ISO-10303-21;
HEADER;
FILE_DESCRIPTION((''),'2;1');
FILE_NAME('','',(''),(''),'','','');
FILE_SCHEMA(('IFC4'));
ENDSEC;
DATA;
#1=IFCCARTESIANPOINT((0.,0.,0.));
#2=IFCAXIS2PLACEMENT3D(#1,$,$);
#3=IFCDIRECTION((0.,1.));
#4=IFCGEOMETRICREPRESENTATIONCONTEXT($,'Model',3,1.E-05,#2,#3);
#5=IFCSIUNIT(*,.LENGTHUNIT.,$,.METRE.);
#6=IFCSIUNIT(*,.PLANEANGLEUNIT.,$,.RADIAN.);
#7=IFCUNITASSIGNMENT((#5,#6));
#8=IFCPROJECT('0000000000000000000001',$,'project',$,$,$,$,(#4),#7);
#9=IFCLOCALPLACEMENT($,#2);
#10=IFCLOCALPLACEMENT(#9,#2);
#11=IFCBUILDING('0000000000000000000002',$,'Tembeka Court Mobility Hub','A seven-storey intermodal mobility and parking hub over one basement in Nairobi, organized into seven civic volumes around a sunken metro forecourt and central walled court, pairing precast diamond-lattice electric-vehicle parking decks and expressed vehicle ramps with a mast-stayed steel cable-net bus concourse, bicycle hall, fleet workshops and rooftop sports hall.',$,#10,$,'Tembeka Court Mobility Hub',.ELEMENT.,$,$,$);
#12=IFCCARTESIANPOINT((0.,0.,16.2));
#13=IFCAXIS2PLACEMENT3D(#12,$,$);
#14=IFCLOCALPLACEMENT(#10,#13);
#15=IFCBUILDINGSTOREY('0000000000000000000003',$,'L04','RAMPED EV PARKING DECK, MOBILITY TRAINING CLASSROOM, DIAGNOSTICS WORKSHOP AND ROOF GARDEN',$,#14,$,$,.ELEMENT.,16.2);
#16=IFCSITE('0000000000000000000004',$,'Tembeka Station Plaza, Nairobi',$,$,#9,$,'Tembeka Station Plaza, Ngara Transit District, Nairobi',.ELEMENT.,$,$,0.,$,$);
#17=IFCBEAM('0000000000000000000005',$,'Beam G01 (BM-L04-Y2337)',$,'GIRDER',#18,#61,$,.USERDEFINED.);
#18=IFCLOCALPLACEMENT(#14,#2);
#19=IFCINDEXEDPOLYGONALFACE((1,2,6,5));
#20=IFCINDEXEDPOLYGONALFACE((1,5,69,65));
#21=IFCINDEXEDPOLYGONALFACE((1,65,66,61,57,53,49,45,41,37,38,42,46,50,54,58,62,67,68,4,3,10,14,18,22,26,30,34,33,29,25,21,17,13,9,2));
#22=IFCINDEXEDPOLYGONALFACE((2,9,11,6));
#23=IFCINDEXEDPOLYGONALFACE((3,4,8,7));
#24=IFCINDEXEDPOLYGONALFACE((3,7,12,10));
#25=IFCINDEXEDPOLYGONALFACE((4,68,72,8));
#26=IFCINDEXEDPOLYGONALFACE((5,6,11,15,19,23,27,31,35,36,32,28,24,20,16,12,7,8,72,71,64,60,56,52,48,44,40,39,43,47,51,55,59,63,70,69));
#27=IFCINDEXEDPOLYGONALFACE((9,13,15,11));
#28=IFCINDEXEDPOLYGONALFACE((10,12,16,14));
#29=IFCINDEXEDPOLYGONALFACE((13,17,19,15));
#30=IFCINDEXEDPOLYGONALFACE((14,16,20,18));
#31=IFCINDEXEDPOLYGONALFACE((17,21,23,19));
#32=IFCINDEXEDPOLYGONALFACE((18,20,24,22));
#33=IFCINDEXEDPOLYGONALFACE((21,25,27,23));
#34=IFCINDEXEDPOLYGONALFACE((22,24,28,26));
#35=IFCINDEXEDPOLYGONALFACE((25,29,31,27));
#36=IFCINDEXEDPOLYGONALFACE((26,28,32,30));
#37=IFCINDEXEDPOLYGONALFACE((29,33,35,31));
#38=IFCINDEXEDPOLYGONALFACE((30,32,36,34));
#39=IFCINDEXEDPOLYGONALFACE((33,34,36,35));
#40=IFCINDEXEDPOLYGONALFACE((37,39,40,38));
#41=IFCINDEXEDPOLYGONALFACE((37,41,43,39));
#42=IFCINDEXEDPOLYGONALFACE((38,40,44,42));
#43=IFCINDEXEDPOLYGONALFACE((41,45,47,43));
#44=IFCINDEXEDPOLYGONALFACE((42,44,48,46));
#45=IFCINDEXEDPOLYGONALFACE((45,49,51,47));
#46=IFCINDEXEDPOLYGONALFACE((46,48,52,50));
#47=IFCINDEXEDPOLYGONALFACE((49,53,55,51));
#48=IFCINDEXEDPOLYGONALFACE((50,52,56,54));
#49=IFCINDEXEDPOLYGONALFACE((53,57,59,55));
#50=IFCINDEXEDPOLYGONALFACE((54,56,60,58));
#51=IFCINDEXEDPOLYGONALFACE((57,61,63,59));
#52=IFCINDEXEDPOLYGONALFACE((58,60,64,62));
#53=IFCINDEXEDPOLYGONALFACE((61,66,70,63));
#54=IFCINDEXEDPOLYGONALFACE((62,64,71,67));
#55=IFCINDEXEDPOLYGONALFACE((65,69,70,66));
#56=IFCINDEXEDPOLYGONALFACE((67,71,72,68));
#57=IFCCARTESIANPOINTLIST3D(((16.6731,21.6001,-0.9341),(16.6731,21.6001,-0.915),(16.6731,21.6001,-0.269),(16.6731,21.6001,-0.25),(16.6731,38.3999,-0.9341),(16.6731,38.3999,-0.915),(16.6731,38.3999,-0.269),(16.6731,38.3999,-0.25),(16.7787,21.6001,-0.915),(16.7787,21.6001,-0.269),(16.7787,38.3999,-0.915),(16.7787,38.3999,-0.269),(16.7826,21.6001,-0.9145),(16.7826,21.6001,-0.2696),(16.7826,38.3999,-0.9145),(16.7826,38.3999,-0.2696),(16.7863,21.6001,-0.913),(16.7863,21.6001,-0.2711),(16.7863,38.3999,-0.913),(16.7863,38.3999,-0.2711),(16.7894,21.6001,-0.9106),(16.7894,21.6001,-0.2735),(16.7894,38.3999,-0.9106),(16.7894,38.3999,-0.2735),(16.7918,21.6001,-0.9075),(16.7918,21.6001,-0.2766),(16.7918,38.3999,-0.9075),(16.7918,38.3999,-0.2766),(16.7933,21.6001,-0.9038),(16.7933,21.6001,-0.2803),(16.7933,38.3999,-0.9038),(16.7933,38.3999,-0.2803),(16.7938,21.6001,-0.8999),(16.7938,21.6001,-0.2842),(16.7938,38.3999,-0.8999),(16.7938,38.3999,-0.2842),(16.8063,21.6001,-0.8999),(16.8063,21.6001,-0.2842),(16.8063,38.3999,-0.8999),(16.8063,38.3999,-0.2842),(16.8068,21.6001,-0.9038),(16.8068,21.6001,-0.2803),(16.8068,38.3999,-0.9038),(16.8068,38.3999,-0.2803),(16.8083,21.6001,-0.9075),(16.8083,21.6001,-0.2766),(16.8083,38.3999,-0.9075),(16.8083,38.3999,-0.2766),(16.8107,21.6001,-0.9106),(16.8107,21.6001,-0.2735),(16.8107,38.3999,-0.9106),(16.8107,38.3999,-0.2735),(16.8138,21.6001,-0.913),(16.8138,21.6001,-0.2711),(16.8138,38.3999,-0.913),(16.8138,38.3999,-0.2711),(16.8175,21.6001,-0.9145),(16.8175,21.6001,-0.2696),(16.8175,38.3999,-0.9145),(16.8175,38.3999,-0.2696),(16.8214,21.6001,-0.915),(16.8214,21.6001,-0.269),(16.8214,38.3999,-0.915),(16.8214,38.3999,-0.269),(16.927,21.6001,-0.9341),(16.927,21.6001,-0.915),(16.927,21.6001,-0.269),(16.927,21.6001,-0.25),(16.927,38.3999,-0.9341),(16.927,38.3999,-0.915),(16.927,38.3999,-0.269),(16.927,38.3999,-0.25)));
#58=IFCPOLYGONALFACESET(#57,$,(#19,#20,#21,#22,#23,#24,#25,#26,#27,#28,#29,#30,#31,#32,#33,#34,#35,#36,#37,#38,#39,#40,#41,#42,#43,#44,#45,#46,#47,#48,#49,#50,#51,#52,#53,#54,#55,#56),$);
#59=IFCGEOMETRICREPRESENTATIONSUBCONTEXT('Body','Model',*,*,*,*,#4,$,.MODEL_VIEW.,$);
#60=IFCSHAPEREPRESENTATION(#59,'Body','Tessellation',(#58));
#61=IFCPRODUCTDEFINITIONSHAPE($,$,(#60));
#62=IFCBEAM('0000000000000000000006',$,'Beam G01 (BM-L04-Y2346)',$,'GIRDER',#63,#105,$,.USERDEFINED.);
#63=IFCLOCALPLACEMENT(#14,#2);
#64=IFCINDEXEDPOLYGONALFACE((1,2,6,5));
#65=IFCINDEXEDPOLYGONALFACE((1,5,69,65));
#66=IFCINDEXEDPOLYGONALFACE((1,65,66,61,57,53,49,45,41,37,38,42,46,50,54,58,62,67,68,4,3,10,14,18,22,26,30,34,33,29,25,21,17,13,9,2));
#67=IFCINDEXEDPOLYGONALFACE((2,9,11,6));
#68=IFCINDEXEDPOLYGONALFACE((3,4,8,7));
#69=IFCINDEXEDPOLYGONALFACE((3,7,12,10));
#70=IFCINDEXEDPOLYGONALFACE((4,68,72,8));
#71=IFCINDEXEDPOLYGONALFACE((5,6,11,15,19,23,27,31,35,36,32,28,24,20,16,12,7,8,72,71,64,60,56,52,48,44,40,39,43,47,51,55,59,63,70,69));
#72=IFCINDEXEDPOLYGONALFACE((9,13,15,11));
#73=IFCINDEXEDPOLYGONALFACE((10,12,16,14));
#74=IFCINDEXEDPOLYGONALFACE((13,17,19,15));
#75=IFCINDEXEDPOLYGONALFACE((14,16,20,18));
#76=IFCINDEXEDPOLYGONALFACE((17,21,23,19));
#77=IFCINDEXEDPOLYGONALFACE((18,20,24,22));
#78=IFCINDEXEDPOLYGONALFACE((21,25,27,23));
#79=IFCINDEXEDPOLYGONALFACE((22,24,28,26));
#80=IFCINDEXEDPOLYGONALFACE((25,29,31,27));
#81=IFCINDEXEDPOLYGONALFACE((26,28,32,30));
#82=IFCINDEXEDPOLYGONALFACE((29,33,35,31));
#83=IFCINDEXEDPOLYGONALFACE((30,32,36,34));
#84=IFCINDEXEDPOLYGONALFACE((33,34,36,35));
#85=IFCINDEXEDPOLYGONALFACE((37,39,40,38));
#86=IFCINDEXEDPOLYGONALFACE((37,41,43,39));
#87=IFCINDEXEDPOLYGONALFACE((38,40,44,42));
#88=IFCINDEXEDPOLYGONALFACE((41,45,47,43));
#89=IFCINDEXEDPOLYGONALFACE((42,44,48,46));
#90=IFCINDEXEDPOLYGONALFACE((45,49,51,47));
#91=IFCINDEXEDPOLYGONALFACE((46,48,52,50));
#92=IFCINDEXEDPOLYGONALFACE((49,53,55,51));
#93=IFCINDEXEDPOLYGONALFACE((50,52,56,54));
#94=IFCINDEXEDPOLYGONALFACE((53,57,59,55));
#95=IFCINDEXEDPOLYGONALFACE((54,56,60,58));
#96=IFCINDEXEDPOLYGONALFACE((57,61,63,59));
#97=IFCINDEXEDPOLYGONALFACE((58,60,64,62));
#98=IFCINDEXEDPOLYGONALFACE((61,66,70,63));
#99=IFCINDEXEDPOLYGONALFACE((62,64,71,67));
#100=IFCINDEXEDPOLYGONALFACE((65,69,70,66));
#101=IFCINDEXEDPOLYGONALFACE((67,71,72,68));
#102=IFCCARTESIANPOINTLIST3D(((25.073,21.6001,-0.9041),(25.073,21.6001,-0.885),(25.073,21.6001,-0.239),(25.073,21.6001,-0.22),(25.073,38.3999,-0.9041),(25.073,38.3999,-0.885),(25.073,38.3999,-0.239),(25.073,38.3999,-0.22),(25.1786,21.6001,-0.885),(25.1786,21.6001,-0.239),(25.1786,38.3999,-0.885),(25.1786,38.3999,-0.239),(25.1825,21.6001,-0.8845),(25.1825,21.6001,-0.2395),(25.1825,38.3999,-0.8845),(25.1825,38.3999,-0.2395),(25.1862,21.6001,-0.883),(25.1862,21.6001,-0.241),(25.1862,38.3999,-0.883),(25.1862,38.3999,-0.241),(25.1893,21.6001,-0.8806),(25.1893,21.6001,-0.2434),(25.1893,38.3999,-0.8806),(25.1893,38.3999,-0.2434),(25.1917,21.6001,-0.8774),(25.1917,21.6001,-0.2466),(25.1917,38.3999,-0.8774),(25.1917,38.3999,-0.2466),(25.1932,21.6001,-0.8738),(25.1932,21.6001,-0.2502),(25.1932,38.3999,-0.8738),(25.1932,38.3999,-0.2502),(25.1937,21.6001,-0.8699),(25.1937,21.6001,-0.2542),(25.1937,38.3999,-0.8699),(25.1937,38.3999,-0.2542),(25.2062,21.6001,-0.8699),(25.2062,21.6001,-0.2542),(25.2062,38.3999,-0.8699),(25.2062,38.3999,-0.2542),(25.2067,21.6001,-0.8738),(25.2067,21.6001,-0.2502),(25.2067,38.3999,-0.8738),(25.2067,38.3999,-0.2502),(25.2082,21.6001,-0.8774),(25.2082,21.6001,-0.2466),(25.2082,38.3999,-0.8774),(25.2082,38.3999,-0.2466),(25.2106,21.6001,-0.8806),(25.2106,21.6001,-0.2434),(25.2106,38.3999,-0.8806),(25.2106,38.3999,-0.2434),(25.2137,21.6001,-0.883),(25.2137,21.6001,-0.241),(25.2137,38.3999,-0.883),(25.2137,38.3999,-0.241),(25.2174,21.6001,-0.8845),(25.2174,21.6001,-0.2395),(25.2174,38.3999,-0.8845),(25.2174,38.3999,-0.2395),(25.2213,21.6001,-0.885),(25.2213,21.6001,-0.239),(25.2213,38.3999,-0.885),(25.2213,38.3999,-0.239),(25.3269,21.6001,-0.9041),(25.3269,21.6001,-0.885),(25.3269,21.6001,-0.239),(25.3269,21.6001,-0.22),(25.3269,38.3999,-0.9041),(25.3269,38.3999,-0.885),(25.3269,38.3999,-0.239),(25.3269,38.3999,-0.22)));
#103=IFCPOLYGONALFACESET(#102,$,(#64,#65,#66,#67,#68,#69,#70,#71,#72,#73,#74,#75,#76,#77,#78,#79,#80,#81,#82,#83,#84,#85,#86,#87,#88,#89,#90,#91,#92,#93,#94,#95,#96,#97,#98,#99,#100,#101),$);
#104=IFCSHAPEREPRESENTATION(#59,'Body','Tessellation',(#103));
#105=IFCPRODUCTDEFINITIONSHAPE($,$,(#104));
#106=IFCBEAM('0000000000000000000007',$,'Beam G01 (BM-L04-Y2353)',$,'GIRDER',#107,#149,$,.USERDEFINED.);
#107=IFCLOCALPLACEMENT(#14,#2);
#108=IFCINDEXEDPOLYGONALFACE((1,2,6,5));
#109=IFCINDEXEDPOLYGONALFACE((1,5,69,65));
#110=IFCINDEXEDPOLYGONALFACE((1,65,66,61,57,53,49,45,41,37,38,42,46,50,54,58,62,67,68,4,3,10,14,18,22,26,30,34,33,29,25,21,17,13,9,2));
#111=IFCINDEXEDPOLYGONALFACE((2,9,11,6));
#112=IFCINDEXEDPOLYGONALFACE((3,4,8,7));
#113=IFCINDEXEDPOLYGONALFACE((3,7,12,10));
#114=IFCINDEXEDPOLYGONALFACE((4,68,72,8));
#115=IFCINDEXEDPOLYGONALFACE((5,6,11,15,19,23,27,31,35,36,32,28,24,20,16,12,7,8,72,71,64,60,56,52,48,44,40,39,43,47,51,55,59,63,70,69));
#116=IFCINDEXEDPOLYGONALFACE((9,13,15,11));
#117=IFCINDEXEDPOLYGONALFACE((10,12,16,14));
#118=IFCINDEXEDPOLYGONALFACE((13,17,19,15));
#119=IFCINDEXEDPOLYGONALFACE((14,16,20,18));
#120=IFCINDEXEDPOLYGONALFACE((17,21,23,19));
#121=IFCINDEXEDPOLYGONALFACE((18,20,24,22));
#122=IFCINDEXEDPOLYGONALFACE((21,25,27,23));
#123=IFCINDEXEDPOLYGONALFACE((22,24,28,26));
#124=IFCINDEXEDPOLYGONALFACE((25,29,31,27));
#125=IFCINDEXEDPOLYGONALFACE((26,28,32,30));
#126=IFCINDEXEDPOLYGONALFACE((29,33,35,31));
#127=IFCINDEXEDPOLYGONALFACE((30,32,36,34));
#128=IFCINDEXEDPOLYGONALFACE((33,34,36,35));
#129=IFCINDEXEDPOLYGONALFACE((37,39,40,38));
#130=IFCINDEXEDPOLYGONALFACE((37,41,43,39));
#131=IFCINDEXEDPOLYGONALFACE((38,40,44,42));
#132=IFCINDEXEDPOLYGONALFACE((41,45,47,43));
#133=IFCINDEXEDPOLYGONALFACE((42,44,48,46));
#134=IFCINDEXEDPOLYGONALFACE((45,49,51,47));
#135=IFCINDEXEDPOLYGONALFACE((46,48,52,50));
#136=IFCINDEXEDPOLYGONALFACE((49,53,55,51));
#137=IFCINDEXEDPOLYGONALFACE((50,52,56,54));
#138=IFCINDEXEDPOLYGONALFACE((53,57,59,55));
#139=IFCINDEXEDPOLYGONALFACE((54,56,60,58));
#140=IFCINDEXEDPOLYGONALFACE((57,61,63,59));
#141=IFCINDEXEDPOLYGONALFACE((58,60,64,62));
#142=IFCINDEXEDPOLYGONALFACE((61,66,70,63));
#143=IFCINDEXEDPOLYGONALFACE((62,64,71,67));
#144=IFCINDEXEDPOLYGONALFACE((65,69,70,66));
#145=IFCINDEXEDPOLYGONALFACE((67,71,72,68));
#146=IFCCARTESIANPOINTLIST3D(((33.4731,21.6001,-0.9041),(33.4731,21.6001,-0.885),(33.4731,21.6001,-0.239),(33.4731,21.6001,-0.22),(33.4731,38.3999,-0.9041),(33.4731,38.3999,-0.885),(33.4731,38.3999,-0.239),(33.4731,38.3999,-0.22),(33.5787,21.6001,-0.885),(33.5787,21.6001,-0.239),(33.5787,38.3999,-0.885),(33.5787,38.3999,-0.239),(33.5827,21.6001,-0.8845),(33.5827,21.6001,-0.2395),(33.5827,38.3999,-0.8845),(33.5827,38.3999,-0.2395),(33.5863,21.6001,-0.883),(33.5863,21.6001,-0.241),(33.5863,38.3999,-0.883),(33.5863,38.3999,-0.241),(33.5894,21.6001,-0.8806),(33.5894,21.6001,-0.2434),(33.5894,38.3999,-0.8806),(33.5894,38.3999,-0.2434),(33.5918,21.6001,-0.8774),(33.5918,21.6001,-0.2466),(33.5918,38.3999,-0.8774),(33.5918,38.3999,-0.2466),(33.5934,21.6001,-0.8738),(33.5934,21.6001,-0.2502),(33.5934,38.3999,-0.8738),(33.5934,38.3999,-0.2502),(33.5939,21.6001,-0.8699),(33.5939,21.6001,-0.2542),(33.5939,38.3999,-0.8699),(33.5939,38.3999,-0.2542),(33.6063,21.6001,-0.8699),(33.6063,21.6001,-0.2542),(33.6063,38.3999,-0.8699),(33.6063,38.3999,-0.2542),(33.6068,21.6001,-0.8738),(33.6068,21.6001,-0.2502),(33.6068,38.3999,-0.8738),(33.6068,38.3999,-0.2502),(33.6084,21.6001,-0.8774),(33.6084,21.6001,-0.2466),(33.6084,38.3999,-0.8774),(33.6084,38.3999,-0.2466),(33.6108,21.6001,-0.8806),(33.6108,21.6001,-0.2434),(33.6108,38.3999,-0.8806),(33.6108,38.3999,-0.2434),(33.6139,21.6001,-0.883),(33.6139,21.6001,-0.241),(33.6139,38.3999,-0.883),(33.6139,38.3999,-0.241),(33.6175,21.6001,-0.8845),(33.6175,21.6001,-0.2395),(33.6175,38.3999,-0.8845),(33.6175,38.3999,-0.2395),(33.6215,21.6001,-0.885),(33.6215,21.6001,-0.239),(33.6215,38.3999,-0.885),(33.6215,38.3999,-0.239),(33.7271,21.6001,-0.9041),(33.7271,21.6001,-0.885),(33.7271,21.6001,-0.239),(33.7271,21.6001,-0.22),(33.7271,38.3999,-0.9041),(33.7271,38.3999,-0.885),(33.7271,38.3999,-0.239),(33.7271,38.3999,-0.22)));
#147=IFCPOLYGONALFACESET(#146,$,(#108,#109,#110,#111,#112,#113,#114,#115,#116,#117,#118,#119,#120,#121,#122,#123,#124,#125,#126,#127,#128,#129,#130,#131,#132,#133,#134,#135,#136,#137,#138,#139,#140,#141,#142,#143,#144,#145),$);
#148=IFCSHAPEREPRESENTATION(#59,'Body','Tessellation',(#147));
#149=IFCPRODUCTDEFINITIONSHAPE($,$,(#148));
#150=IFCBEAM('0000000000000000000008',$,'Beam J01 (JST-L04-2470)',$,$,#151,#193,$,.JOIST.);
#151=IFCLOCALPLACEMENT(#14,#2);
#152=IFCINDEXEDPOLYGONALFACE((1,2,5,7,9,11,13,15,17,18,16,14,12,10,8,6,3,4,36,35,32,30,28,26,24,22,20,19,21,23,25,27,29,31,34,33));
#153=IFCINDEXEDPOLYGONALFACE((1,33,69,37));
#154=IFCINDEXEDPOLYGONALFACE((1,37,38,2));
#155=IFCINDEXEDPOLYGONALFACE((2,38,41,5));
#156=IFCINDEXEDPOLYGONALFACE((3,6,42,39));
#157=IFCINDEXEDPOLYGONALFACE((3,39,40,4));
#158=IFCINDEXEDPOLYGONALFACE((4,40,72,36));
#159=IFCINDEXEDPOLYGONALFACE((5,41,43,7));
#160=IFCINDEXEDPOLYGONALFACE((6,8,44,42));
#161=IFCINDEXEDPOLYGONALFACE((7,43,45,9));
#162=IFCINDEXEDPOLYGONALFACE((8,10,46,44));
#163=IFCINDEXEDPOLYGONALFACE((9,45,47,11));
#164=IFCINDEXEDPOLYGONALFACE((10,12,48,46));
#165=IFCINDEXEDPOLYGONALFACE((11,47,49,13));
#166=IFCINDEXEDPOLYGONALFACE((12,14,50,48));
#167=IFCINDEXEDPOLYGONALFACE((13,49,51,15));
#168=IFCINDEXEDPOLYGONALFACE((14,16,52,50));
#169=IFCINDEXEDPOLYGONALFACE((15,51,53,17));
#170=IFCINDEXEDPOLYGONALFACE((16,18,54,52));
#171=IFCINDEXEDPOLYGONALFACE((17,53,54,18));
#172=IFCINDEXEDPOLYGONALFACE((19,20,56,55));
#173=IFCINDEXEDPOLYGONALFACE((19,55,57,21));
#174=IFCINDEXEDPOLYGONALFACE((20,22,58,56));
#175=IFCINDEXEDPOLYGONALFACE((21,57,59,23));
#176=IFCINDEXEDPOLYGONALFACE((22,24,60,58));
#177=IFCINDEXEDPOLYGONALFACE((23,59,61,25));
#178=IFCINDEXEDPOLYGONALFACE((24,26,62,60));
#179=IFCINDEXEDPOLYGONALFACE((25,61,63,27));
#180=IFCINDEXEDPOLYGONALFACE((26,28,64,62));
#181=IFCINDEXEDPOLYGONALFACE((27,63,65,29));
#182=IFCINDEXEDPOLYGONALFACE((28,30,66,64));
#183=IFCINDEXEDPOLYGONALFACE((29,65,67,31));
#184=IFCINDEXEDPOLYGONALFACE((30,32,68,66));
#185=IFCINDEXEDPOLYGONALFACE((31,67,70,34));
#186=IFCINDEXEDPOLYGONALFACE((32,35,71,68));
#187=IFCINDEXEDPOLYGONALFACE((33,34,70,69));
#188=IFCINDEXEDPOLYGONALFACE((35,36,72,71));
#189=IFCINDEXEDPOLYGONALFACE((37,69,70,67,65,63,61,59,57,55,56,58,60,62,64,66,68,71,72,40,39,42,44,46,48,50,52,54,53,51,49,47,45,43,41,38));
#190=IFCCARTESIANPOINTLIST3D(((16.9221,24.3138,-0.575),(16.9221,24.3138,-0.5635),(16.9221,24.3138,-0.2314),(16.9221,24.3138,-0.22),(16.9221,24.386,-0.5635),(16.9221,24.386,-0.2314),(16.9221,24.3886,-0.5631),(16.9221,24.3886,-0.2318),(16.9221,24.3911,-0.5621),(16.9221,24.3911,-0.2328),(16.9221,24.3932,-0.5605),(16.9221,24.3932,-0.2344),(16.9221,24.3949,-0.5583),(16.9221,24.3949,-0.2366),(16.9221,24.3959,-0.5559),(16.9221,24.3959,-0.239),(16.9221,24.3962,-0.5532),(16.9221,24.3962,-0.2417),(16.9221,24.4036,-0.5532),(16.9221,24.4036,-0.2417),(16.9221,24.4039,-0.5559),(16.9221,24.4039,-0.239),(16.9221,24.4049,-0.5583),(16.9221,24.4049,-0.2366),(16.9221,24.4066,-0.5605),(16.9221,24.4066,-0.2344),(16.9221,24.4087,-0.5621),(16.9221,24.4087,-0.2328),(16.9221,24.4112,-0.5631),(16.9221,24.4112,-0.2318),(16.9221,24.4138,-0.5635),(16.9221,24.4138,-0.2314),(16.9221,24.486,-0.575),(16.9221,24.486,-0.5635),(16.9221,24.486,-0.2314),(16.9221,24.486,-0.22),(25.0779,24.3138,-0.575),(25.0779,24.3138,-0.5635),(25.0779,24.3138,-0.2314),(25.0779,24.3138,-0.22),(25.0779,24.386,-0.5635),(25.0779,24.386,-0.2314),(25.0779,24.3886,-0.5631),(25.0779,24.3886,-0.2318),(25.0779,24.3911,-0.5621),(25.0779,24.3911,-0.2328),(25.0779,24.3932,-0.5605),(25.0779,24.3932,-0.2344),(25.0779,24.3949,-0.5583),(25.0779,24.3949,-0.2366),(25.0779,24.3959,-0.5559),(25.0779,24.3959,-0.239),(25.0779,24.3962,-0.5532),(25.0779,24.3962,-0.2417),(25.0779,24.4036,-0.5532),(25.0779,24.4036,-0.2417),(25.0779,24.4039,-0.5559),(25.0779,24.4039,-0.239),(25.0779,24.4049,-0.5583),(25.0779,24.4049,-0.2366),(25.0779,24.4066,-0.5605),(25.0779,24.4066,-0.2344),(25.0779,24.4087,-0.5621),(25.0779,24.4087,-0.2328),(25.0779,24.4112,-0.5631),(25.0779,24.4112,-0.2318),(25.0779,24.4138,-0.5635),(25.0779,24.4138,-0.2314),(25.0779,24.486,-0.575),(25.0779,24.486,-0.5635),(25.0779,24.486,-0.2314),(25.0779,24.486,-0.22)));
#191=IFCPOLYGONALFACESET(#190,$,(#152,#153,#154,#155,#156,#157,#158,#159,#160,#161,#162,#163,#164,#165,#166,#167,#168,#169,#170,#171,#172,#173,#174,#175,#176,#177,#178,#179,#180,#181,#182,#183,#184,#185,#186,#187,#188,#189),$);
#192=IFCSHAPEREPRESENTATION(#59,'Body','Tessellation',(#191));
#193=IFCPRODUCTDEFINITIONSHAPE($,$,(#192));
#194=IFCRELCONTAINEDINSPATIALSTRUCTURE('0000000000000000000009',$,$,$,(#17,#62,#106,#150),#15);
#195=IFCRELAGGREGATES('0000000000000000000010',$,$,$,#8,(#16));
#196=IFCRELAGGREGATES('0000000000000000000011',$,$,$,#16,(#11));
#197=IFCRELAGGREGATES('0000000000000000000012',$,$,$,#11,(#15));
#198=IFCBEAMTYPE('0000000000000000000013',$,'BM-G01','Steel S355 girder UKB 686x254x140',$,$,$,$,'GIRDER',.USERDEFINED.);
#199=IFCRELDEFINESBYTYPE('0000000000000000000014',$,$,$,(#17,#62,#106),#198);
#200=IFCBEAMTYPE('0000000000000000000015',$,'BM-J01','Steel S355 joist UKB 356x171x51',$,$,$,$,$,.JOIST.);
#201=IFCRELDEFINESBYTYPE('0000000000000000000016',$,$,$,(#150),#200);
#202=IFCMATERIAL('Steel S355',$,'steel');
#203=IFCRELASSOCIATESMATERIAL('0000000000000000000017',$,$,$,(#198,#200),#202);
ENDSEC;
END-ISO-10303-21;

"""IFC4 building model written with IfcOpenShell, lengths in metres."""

from ifc_helpers import new_model, si_unit, direction, frame, origin, origin_2d, place, context, subcontext, project, spatial, i_section, extrude, material, material_profile, profile_set, type_object, element, save


model = new_model("IFC4")

# Units and contexts
model_context = context("Model", 3, precision=1e-05, world=origin(), true_north=direction((0.0, 1.0)))
body_context = subcontext(model_context, "Body", "Model", "MODEL_VIEW")
ifc_project = project(units=[si_unit("LENGTHUNIT", "METRE"), si_unit("PLANEANGLEUNIT", "RADIAN")], contexts=[model_context])

# Site, building, storey
site_placement = place(None, origin())
site = spatial("IfcSite", under=ifc_project, at=site_placement, Name="Tembeka Station Plaza, Nairobi", LongName="Tembeka Station Plaza, Ngara Transit District, Nairobi", CompositionType="ELEMENT", RefElevation=0.0)
building_placement = place(site_placement, origin())
building = spatial("IfcBuilding", under=site, at=building_placement, Name="Tembeka Court Mobility Hub", Description="A seven-storey intermodal mobility and parking hub over one basement in Nairobi, organized into seven civic volumes around a sunken metro forecourt and central walled court, pairing precast diamond-lattice electric-vehicle parking decks and expressed vehicle ramps with a mast-stayed steel cable-net bus concourse, bicycle hall, fleet workshops and rooftop sports hall.", LongName="Tembeka Court Mobility Hub", CompositionType="ELEMENT")
storey_placement = place(building_placement, frame((0.0, 0.0, 16.2)))
storey = spatial("IfcBuildingStorey", under=building, at=storey_placement, Name="L04", Description="RAMPED EV PARKING DECK, MOBILITY TRAINING CLASSROOM, DIAGNOSTICS WORKSHOP AND ROOF GARDEN", CompositionType="ELEMENT", Elevation=16.2)

# Shared definitions
ifc_material_1 = material(Name="Steel S355", Category="steel")

# Beams
ifc_material_profile_1 = material_profile(ifc_material_1, i_section(OverallWidth=0.2539, OverallDepth=0.6841, WebThickness=0.0125, FlangeThickness=0.019, FilletRadius=0.0151, at=origin_2d()), Name="UKB 686x254x140")
ifc_profile_set_1 = profile_set([ifc_material_profile_1], Name="Steel S355")
beam_type_1 = type_object("IfcBeamType", Name="BM-G01", Description="Steel S355 girder UKB 686x254x140", ElementType="GIRDER", PredefinedType="USERDEFINED", material=ifc_profile_set_1)
for number, where, z_axis, x_axis, name in (
    (1, (16.8, 21.6001, -0.592), (0.0, 1.0, 0.0), (-1.0, 0.0, 0.0), "Beam G01 (BM-L04-Y2337)"),
    (2, (25.2, 21.6001, -0.562), (0.0, 1.0, 0.0), (-1.0, 0.0, 0.0), "Beam G01 (BM-L04-Y2346)"),
    (3, (33.6001, 21.6001, -0.562), (0.0, 1.0, 0.0), (-1.0, 0.0, 0.0), "Beam G01 (BM-L04-Y2353)"),
):
    element("IfcBeam", number, at=place(storey_placement, frame(where, z_axis=z_axis, x_axis=x_axis)), inside=storey, type_object=beam_type_1, Name=name, ObjectType="GIRDER", PredefinedType="USERDEFINED", context=body_context, shape_type="SweptSolid", body=[
        extrude(i_section(OverallWidth=0.2539, OverallDepth=0.6841, WebThickness=0.0125, FlangeThickness=0.019, FilletRadius=0.0151, at=origin_2d()), origin(), (0.0, 0.0, 1.0), 16.7998),
    ])
ifc_material_profile_2 = material_profile(ifc_material_1, i_section(OverallWidth=0.1721, OverallDepth=0.355, WebThickness=0.0073, FlangeThickness=0.0115, FilletRadius=0.0103, at=origin_2d()), Name="UKB 356x171x51")
ifc_profile_set_2 = profile_set([ifc_material_profile_2], Name="Steel S355")
beam_type_2 = type_object("IfcBeamType", Name="BM-J01", Description="Steel S355 joist UKB 356x171x51", PredefinedType="JOIST", material=ifc_profile_set_2)
for number, where, z_axis, x_axis, name in (
    (4, (16.9221, 24.3999, -0.3975), (1.0, 0.0, 0.0), (0.0, 1.0, 0.0), "Beam J01 (JST-L04-2470)"),
):
    element("IfcBeam", number, at=place(storey_placement, frame(where, z_axis=z_axis, x_axis=x_axis)), inside=storey, type_object=beam_type_2, Name=name, PredefinedType="JOIST", context=body_context, shape_type="SweptSolid", body=[
        extrude(i_section(OverallWidth=0.1721, OverallDepth=0.355, WebThickness=0.0073, FlangeThickness=0.0115, FilletRadius=0.0103, at=origin_2d()), origin(), (0.0, 0.0, 1.0), 8.1558),
    ])

save(model, "model.ifc")
